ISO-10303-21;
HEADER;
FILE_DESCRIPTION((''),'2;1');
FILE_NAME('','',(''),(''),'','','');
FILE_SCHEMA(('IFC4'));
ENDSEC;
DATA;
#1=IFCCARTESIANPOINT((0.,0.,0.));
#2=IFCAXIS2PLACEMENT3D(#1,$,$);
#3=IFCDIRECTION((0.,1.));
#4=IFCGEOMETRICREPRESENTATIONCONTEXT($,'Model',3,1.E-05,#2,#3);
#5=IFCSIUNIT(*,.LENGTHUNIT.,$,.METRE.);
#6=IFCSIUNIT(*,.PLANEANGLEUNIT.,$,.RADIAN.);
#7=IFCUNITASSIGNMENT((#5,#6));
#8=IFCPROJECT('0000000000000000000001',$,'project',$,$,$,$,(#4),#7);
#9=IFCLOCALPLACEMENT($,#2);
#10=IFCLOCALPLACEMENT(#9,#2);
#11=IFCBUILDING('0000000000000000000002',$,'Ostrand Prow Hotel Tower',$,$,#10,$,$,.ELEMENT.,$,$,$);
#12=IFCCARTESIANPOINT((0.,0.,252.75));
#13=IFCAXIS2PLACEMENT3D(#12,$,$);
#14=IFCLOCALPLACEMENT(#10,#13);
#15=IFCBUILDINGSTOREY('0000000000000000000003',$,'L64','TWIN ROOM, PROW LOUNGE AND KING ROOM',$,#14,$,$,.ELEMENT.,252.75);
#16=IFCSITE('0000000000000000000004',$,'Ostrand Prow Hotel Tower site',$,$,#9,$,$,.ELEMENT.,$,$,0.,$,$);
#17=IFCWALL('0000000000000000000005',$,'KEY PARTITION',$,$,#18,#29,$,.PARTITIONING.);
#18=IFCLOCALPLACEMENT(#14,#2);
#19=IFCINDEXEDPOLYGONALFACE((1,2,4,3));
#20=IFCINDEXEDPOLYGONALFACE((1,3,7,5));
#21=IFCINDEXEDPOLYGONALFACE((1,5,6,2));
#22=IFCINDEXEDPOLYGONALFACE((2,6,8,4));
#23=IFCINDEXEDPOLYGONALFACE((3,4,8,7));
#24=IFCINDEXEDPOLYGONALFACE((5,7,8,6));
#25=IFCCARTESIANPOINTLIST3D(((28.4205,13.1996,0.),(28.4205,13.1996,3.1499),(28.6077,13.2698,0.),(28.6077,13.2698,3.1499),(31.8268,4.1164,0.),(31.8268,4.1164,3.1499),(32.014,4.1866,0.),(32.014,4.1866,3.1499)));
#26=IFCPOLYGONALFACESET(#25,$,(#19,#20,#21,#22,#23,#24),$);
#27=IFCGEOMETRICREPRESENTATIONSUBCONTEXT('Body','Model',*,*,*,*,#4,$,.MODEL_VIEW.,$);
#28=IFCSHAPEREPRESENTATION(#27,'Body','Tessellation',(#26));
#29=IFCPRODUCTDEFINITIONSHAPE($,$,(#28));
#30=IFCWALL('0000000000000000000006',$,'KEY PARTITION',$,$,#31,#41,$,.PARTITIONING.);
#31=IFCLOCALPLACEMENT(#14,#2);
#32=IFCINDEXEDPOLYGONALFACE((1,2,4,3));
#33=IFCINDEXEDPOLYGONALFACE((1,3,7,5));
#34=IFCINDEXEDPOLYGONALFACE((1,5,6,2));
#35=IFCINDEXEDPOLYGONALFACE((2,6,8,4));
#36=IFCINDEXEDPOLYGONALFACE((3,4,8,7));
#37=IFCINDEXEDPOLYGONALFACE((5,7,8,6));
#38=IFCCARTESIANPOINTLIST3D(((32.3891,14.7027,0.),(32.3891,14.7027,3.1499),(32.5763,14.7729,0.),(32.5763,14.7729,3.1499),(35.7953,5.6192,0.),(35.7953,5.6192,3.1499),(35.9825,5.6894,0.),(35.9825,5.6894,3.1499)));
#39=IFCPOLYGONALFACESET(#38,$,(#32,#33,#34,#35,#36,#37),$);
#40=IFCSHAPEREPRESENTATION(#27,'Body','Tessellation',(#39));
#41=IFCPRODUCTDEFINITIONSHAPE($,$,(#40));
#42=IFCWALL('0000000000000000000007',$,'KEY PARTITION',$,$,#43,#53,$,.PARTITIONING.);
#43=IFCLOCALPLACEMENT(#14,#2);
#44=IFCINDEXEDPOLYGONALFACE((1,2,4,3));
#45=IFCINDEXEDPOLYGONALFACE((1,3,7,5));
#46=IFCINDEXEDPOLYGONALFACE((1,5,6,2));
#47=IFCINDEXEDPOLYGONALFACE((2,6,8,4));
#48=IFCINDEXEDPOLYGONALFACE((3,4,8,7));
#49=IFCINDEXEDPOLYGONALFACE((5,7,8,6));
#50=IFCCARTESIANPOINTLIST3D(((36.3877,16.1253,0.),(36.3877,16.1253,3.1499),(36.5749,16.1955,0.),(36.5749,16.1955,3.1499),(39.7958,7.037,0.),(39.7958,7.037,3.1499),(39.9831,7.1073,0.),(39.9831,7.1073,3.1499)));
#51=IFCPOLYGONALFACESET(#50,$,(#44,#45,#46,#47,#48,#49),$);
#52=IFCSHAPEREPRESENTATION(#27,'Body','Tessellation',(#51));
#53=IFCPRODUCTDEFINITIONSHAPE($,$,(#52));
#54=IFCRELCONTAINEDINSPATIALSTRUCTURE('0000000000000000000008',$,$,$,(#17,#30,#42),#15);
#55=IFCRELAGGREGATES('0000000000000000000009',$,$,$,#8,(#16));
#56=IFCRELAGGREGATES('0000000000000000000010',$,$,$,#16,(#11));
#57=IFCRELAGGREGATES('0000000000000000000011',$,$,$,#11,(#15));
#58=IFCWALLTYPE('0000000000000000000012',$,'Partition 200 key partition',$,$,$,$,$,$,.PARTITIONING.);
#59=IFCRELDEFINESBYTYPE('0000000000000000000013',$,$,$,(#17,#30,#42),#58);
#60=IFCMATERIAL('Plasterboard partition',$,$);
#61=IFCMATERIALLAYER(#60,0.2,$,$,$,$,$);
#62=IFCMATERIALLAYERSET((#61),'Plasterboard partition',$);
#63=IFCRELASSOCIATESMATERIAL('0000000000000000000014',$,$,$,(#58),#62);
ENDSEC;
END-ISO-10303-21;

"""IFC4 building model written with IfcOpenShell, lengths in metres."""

from ifc_helpers import new_model, si_unit, direction, frame, frame_2d, origin, place, context, subcontext, project, spatial, rectangle, extrude, material, layer, layer_set, type_object, element, save


model = new_model("IFC4")

# Units and contexts
model_context = context("Model", 3, precision=1e-05, world=origin(), true_north=direction((0.0, 1.0)))
body_context = subcontext(model_context, "Body", "Model", "MODEL_VIEW")
ifc_project = project(units=[si_unit("LENGTHUNIT", "METRE"), si_unit("PLANEANGLEUNIT", "RADIAN")], contexts=[model_context])

# Site, building, storey
site_placement = place(None, origin())
site = spatial("IfcSite", under=ifc_project, at=site_placement, Name="Ostrand Prow Hotel Tower site", CompositionType="ELEMENT", RefElevation=0.0)
building_placement = place(site_placement, origin())
building = spatial("IfcBuilding", under=site, at=building_placement, Name="Ostrand Prow Hotel Tower", CompositionType="ELEMENT")
storey_placement = place(building_placement, frame((0.0, 0.0, 252.75)))
storey = spatial("IfcBuildingStorey", under=building, at=storey_placement, Name="L64", Description="TWIN ROOM, PROW LOUNGE AND KING ROOM", CompositionType="ELEMENT", Elevation=252.75)

# Walls
ifc_material_1 = material(Name="Plasterboard partition")
ifc_layer_1 = layer(ifc_material_1, 0.2)
ifc_layer_set_1 = layer_set([ifc_layer_1], Name="Plasterboard partition")
wall_type_1 = type_object("IfcWallType", Name="Partition 200 key partition", PredefinedType="PARTITIONING", material=ifc_layer_set_1)
wall_1_placement = place(storey_placement, frame((31.9204, 4.1514, 0.0), z_axis=(0.0, 0.0, 1.0), x_axis=(-0.351126, 0.936328, 0.0)))
element("IfcWall", 1, at=wall_1_placement, inside=storey, type_object=wall_type_1, Name="KEY PARTITION", PredefinedType="PARTITIONING", context=body_context, shape_type="SweptSolid", body=[
    extrude(rectangle(XDim=9.7009, YDim=0.2, at=frame_2d((4.8506, 0.0))), origin(), (0.0, 0.0, 1.0), 3.1499),
])
wall_2_placement = place(storey_placement, frame((35.8889, 5.6543, 0.0), z_axis=(0.0, 0.0, 1.0), x_axis=(-0.351118, 0.936331, 0.0)))
element("IfcWall", 2, at=wall_2_placement, inside=storey, type_object=wall_type_1, Name="KEY PARTITION", PredefinedType="PARTITIONING", context=body_context, shape_type="SweptSolid", body=[
    extrude(rectangle(XDim=9.7012, YDim=0.2, at=frame_2d((4.8506, 0.0))), origin(), (0.0, 0.0, 1.0), 3.1499),
])
wall_3_placement = place(storey_placement, frame((39.8894, 7.0723, 0.0), z_axis=(0.0, 0.0, 1.0), x_axis=(-0.351129, 0.936327, 0.0)))
element("IfcWall", 3, at=wall_3_placement, inside=storey, type_object=wall_type_1, Name="KEY PARTITION", PredefinedType="PARTITIONING", context=body_context, shape_type="SweptSolid", body=[
    extrude(rectangle(XDim=9.7063, YDim=0.2, at=frame_2d((4.853, 0.0))), origin(), (0.0, 0.0, 1.0), 3.1499),
])

save(model, "model.ifc")
